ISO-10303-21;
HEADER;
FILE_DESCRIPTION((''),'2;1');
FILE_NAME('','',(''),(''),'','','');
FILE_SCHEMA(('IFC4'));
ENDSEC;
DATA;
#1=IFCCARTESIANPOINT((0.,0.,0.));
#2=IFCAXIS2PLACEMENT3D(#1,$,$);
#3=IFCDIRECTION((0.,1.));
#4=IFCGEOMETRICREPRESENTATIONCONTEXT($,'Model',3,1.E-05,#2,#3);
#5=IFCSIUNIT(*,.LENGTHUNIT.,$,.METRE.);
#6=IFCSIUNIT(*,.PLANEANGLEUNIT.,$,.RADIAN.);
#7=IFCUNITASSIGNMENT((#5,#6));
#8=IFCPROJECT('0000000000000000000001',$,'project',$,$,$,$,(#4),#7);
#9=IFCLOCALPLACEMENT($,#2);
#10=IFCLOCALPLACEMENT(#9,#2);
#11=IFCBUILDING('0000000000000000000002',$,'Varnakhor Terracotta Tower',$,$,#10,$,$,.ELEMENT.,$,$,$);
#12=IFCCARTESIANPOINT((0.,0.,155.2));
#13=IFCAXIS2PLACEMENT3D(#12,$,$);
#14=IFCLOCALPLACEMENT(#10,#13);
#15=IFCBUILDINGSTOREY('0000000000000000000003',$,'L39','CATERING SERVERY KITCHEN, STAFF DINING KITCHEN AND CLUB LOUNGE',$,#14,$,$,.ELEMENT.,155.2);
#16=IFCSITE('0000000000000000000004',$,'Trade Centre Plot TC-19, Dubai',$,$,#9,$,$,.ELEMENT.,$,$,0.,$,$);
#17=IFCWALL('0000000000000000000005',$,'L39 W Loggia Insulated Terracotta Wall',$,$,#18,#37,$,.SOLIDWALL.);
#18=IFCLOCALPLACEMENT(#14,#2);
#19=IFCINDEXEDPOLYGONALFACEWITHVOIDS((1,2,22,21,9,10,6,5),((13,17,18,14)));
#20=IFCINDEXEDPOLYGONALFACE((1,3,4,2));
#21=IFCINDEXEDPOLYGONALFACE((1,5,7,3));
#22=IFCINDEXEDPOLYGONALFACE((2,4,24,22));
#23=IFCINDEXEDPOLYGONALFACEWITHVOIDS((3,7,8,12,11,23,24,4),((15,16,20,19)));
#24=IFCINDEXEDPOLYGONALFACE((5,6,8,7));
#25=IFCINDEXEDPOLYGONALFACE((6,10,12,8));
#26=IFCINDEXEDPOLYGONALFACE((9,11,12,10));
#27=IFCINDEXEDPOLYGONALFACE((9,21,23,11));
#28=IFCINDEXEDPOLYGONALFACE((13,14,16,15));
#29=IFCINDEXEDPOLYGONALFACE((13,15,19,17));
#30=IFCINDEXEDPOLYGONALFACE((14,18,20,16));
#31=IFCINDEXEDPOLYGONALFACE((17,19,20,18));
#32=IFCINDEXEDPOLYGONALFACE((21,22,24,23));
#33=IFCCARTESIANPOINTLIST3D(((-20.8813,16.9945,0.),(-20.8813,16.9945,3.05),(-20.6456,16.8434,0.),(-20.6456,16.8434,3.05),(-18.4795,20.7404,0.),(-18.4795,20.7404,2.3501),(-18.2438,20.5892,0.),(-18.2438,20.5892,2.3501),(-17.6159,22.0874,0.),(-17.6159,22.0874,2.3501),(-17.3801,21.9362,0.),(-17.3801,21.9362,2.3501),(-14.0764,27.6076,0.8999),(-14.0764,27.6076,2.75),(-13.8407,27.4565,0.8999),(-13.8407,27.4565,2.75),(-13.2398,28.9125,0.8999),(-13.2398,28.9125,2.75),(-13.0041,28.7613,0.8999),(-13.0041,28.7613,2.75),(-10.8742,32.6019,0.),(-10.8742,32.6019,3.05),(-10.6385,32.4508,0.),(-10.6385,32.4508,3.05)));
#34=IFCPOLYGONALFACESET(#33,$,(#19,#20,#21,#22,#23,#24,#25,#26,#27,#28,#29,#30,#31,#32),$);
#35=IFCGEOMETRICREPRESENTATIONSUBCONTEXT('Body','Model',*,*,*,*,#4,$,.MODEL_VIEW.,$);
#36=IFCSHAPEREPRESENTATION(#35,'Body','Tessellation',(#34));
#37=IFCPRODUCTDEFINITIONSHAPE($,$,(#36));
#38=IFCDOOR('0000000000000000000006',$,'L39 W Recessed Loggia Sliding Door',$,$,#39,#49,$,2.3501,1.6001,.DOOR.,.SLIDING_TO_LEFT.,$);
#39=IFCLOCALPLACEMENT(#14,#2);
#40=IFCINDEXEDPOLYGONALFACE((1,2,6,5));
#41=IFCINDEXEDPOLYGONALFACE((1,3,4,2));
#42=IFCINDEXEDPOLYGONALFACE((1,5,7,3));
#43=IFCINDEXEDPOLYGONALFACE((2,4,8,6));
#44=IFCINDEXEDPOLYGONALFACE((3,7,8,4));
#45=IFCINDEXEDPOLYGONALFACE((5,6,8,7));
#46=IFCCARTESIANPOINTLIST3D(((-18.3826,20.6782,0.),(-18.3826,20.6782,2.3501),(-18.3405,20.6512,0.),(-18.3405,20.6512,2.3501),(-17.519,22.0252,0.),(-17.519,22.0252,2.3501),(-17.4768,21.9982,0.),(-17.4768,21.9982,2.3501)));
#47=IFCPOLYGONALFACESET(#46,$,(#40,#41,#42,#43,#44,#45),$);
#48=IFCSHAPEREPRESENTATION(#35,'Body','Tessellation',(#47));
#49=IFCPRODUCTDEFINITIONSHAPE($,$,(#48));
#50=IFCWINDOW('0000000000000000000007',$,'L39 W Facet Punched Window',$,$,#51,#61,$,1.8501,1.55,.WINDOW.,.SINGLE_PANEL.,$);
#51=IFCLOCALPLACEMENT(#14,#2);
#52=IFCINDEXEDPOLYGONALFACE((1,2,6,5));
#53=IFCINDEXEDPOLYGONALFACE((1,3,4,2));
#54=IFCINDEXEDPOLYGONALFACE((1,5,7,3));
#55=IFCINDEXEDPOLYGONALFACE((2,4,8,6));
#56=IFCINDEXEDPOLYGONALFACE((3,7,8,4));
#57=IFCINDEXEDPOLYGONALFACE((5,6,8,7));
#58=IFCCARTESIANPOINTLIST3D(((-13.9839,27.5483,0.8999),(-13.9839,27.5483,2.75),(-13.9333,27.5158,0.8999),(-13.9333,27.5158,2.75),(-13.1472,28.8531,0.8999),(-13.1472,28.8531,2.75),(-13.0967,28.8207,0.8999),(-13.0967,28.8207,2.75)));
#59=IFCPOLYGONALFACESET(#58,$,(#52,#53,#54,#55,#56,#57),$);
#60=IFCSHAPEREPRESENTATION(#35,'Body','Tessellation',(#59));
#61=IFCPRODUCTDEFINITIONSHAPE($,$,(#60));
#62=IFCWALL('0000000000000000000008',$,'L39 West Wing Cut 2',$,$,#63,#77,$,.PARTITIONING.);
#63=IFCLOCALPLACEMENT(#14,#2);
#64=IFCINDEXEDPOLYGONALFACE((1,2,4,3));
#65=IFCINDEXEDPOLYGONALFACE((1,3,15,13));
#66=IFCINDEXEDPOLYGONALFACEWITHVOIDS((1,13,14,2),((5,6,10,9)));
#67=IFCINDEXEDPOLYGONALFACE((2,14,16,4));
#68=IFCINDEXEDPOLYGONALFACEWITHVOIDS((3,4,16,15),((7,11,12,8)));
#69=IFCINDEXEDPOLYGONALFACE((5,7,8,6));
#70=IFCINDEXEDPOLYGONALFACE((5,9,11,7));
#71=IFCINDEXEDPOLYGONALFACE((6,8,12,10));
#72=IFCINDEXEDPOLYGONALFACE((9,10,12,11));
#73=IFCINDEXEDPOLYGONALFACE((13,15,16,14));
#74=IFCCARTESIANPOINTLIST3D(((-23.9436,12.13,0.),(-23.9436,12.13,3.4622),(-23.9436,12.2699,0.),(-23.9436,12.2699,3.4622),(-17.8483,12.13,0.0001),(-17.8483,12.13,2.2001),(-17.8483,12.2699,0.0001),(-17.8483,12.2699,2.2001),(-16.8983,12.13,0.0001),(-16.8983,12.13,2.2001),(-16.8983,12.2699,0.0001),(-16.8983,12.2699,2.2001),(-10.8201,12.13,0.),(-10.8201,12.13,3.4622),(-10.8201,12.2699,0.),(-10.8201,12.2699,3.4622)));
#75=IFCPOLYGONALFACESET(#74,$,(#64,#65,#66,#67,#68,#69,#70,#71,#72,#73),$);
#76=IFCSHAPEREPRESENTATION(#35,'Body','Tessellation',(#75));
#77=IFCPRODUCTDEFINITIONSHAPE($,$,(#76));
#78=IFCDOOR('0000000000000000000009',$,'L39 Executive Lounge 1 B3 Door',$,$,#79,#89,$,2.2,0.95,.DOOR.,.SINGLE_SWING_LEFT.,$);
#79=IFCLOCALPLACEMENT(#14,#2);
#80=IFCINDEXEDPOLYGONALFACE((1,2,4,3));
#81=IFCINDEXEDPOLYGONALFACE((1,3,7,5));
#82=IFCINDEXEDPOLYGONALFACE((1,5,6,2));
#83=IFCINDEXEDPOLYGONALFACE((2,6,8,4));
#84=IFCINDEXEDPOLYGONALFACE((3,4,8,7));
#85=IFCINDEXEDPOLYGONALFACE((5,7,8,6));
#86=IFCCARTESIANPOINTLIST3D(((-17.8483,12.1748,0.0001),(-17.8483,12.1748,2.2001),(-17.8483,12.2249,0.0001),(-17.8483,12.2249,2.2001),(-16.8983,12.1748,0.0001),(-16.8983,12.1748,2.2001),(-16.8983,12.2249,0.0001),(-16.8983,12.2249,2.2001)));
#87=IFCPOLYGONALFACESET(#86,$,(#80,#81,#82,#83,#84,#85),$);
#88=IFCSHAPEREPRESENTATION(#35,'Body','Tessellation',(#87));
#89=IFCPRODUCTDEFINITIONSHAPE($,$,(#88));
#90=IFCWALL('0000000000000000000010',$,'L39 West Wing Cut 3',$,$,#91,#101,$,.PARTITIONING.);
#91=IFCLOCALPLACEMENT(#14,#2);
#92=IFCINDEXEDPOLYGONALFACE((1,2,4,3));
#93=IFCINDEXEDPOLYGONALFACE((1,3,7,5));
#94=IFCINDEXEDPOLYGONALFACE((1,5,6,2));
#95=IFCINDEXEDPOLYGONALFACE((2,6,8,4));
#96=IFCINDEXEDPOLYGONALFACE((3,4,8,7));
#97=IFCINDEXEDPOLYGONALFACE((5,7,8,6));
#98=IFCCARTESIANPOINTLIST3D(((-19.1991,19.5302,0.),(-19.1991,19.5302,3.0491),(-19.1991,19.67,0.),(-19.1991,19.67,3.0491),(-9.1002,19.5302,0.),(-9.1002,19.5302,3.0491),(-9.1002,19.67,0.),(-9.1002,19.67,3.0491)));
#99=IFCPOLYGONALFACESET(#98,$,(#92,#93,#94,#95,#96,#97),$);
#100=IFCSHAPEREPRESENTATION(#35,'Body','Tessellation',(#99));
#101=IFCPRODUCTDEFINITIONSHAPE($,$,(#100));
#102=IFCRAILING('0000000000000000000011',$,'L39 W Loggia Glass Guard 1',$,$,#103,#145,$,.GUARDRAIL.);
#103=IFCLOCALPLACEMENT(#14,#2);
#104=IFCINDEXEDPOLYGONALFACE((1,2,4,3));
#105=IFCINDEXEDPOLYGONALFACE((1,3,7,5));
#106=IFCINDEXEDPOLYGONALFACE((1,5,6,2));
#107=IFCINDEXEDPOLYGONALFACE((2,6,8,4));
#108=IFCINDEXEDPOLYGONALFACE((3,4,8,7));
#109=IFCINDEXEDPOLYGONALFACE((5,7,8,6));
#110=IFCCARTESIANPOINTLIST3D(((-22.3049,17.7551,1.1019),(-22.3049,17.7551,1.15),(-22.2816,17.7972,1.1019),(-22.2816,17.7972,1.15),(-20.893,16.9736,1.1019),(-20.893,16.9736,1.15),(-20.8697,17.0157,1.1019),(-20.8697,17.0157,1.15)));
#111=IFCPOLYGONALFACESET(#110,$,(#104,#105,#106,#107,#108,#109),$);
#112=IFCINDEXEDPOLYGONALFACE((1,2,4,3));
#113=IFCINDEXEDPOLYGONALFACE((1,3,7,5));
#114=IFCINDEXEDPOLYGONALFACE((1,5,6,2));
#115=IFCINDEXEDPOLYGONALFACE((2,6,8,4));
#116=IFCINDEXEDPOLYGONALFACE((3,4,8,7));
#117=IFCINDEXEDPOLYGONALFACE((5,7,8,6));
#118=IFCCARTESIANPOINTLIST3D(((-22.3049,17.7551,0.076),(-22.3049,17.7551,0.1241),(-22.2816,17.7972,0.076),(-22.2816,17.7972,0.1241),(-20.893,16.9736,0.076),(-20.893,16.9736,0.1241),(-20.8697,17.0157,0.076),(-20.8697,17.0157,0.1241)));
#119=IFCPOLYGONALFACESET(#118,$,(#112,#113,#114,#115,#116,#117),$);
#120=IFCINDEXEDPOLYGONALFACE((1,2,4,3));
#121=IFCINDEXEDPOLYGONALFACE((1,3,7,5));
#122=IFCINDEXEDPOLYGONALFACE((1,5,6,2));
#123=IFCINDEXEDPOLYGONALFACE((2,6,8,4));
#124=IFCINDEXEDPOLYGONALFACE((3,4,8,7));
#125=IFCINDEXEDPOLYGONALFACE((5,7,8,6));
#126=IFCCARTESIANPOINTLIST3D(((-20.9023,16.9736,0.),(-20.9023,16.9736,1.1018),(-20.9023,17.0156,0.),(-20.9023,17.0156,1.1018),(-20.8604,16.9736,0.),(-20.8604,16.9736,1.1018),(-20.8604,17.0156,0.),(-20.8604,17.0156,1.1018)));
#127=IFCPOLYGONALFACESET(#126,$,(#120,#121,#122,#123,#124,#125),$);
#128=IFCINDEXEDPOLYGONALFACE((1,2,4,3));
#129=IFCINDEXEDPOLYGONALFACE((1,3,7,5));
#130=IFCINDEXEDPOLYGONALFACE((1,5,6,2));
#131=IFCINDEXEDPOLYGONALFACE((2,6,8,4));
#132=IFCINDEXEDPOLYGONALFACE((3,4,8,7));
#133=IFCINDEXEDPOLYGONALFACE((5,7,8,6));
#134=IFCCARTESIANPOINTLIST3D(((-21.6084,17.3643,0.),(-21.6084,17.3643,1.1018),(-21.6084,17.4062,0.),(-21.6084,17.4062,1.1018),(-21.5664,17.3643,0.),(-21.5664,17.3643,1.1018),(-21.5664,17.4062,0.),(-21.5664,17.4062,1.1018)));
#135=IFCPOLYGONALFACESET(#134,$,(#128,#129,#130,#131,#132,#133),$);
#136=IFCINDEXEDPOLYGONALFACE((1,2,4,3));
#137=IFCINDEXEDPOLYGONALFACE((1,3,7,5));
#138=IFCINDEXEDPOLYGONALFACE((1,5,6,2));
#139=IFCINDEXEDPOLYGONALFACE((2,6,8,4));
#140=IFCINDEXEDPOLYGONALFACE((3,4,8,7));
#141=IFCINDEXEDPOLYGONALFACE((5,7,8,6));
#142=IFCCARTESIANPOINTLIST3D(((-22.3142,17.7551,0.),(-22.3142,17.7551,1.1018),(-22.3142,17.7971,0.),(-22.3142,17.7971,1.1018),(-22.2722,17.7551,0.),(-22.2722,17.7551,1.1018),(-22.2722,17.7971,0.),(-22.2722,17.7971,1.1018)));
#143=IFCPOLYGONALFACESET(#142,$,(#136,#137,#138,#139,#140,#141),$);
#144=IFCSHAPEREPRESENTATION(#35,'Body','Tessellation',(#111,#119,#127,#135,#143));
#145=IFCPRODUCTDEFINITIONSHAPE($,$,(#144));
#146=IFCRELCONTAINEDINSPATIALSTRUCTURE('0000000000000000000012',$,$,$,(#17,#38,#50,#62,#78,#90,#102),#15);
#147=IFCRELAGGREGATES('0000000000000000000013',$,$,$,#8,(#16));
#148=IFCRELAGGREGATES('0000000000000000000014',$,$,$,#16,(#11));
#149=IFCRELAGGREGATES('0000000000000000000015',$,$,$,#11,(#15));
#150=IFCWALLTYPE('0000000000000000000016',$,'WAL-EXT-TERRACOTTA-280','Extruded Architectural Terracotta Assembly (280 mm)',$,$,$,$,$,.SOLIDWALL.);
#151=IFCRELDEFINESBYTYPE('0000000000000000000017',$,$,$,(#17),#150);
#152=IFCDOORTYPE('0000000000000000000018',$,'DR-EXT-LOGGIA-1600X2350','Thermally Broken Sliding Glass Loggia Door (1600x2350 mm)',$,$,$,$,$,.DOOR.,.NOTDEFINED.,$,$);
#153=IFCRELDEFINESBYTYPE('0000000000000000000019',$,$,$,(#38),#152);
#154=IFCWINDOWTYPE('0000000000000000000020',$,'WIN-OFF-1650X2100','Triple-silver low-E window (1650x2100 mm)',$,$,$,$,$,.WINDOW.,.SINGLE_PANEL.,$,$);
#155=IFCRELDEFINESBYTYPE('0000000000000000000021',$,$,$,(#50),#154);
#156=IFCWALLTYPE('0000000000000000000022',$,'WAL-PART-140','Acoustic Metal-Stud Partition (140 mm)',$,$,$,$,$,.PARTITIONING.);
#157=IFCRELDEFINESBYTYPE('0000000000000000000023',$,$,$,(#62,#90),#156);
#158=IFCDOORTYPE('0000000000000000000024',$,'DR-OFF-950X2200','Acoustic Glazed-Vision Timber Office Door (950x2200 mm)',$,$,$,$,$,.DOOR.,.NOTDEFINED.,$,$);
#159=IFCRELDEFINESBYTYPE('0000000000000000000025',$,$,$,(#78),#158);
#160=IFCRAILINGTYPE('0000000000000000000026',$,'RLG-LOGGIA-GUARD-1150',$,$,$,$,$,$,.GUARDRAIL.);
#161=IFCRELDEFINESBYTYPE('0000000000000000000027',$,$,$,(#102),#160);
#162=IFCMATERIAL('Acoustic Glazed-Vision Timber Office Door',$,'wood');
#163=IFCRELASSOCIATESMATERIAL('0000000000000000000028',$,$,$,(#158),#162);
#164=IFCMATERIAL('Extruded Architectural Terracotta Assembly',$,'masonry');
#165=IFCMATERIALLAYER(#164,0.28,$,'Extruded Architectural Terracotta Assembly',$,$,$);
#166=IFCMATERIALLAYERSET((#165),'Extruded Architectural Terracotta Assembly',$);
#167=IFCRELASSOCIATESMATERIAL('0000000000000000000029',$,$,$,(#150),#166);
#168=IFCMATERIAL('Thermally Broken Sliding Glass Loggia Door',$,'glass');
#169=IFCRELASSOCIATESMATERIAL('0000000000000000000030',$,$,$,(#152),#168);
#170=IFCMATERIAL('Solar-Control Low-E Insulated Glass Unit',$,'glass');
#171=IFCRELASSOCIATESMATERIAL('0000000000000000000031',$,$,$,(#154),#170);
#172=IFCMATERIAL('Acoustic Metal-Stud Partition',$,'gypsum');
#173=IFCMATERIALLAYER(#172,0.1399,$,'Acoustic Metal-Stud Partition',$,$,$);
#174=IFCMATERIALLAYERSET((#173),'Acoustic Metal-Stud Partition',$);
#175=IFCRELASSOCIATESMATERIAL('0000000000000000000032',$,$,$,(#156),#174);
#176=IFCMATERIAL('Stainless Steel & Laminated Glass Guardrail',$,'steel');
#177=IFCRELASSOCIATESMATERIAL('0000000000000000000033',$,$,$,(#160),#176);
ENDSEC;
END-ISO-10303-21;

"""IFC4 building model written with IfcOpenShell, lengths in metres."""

from ifc_helpers import new_model, si_unit, direction, frame, frame_2d, origin, origin_2d, place, context, subcontext, project, spatial, rectangle, extrude, source, transform, mapped, material, layer, layer_set, type_object, type_shapes, element, fill, save


model = new_model("IFC4")

# Units and contexts
model_context = context("Model", 3, precision=1e-05, world=origin(), true_north=direction((0.0, 1.0)))
body_context = subcontext(model_context, "Body", "Model", "MODEL_VIEW")
ifc_project = project(units=[si_unit("LENGTHUNIT", "METRE"), si_unit("PLANEANGLEUNIT", "RADIAN")], contexts=[model_context])

# Site, building, storey
site_placement = place(None, origin())
site = spatial("IfcSite", under=ifc_project, at=site_placement, Name="Trade Centre Plot TC-19, Dubai", CompositionType="ELEMENT", RefElevation=0.0)
building_placement = place(site_placement, origin())
building = spatial("IfcBuilding", under=site, at=building_placement, Name="Varnakhor Terracotta Tower", CompositionType="ELEMENT")
storey_placement = place(building_placement, frame((0.0, 0.0, 155.2)))
storey = spatial("IfcBuildingStorey", under=building, at=storey_placement, Name="L39", Description="CATERING SERVERY KITCHEN, STAFF DINING KITCHEN AND CLUB LOUNGE", CompositionType="ELEMENT", Elevation=155.2)

# Shared definitions
ifc_material_1 = material(Name="Acoustic Glazed-Vision Timber Office Door", Category="wood")
door_type_1 = type_object("IfcDoorType", Name="DR-OFF-950X2200", Description="Acoustic Glazed-Vision Timber Office Door (950x2200 mm)", OperationType="NOTDEFINED", PredefinedType="DOOR", material=ifc_material_1)
shared_shape_1 = source(origin(), body_context, "Body", "SweptSolid", [
    extrude(rectangle(XDim=0.95, YDim=2.2, at=frame_2d((0.4751, 1.1001))), frame((0.0, 0.0249, 0.0), z_axis=(0.0, -1.0, 0.0), x_axis=(1.0, 0.0, 0.0)), (0.0, 0.0, 1.0), 0.05),
])
type_shapes(door_type_1, [shared_shape_1])

# Wall, openings, door, window
ifc_material_2 = material(Name="Extruded Architectural Terracotta Assembly", Category="masonry")
ifc_layer_1 = layer(ifc_material_2, 0.28, Name="Extruded Architectural Terracotta Assembly")
ifc_layer_set_1 = layer_set([ifc_layer_1], Name="Extruded Architectural Terracotta Assembly")
wall_type_1 = type_object("IfcWallType", Name="WAL-EXT-TERRACOTTA-280", Description="Extruded Architectural Terracotta Assembly (280 mm)", PredefinedType="SOLIDWALL", material=ifc_layer_set_1)
wall_1_placement = place(storey_placement, frame((-20.7634, 16.9189, 0.0), z_axis=(0.0, 0.0, 1.0), x_axis=(0.539755, 0.841822, 0.0)))
wall_1 = element("IfcWall", 1, at=wall_1_placement, inside=storey, type_object=wall_type_1, Name="L39 W Loggia Insulated Terracotta Wall", PredefinedType="SOLIDWALL", context=body_context, shape_type="SweptSolid", body=[
    extrude(rectangle(XDim=18.54, YDim=0.28, at=frame_2d((9.27, 0.0))), origin(), (0.0, 0.0, 1.0), 3.05),
])
opening_1_placement = place(wall_1_placement, frame((4.4497, 0.0, 0.0)))
opening_1 = element("IfcOpeningElement", 2, at=opening_1_placement, cuts=wall_1, PredefinedType="OPENING", context=body_context, shape_type="SweptSolid", body=[
    extrude(rectangle(XDim=1.6001, YDim=2.3501, at=frame_2d((0.8, 1.175))), frame((0.0, 0.1499, 0.0), z_axis=(0.0, -1.0, 0.0), x_axis=(1.0, 0.0, 0.0)), (0.0, 0.0, 1.0), 0.3),
])
opening_2_placement = place(wall_1_placement, frame((12.6074, 0.0, 0.8999)))
opening_2 = element("IfcOpeningElement", 3, at=opening_2_placement, cuts=wall_1, PredefinedType="OPENING", context=body_context, shape_type="SweptSolid", body=[
    extrude(rectangle(XDim=1.55, YDim=1.8501, at=frame_2d((0.7749, 0.925))), frame((0.0, 0.1499, 0.0), z_axis=(0.0, -1.0, 0.0), x_axis=(1.0, 0.0, 0.0)), (0.0, 0.0, 1.0), 0.3),
])
ifc_material_3 = material(Name="Thermally Broken Sliding Glass Loggia Door", Category="glass")
door_type_2 = type_object("IfcDoorType", Name="DR-EXT-LOGGIA-1600X2350", Description="Thermally Broken Sliding Glass Loggia Door (1600x2350 mm)", OperationType="NOTDEFINED", PredefinedType="DOOR", material=ifc_material_3)
shared_shape_2 = source(origin(), body_context, "Body", "SweptSolid", [
    extrude(rectangle(XDim=1.6001, YDim=2.3501, at=frame_2d((0.8, 1.175))), frame((0.0, 0.0249, 0.0), z_axis=(0.0, -1.0, 0.0), x_axis=(1.0, 0.0, 0.0)), (0.0, 0.0, 1.0), 0.05),
])
type_shapes(door_type_2, [shared_shape_2])
door_1_placement = place(opening_1_placement, origin())
door_1 = element("IfcDoor", 4, at=door_1_placement, inside=storey, type_object=door_type_2, Name="L39 W Recessed Loggia Sliding Door", OperationType="SLIDING_TO_LEFT", OverallHeight=2.3501, OverallWidth=1.6001, PredefinedType="DOOR", context=body_context, shape_type="MappedRepresentation", body=[
    mapped(shared_shape_2, transform((0.0, 0.0, 0.0), scale=1.0)),
])
fill(opening_1, door_1)
ifc_material_4 = material(Name="Solar-Control Low-E Insulated Glass Unit", Category="glass")
window_type = type_object("IfcWindowType", Name="WIN-OFF-1650X2100", Description="Triple-silver low-E window (1650x2100 mm)", PartitioningType="SINGLE_PANEL", PredefinedType="WINDOW", material=ifc_material_4)
shared_shape_3 = source(origin(), body_context, "Body", "SweptSolid", [
    extrude(rectangle(XDim=1.55, YDim=1.8501, at=frame_2d((0.7749, 0.925))), frame((0.0, 0.03, 0.0), z_axis=(0.0, -1.0, 0.0), x_axis=(1.0, 0.0, 0.0)), (0.0, 0.0, 1.0), 0.0601),
])
type_shapes(window_type, [shared_shape_3])
window_placement = place(opening_2_placement, origin())
window = element("IfcWindow", 5, at=window_placement, inside=storey, type_object=window_type, Name="L39 W Facet Punched Window", OverallHeight=1.8501, OverallWidth=1.55, PartitioningType="SINGLE_PANEL", PredefinedType="WINDOW", context=body_context, shape_type="MappedRepresentation", body=[
    mapped(shared_shape_3, transform((0.0, 0.0, 0.0), scale=1.0)),
])
fill(opening_2, window)

# Wall, opening, door
ifc_material_5 = material(Name="Acoustic Metal-Stud Partition", Category="gypsum")
ifc_layer_2 = layer(ifc_material_5, 0.1399, Name="Acoustic Metal-Stud Partition")
ifc_layer_set_2 = layer_set([ifc_layer_2], Name="Acoustic Metal-Stud Partition")
wall_type_2 = type_object("IfcWallType", Name="WAL-PART-140", Description="Acoustic Metal-Stud Partition (140 mm)", PredefinedType="PARTITIONING", material=ifc_layer_set_2)
wall_2_placement = place(storey_placement, frame((-23.9436, 12.2, 0.0), z_axis=(0.0, 0.0, 1.0), x_axis=(1.0, 0.0, 0.0)))
wall_2 = element("IfcWall", 6, at=wall_2_placement, inside=storey, type_object=wall_type_2, Name="L39 West Wing Cut 2", PredefinedType="PARTITIONING", context=body_context, shape_type="SweptSolid", body=[
    extrude(rectangle(XDim=13.1235, YDim=0.1399, at=frame_2d((6.5618, 0.0))), origin(), (0.0, 0.0, 1.0), 3.4622),
])
opening_3_placement = place(wall_2_placement, frame((6.0952, 0.0, 0.0)))
opening_3 = element("IfcOpeningElement", 7, at=opening_3_placement, cuts=wall_2, PredefinedType="OPENING", context=body_context, shape_type="SweptSolid", body=[
    extrude(rectangle(XDim=0.95, YDim=2.2, at=frame_2d((0.4751, 1.1001))), frame((0.0, 0.0801, 0.0), z_axis=(0.0, -1.0, 0.0), x_axis=(1.0, 0.0, 0.0)), (0.0, 0.0, 1.0), 0.1599),
])
door_2_placement = place(opening_3_placement, origin())
door_2 = element("IfcDoor", 8, at=door_2_placement, inside=storey, type_object=door_type_1, Name="L39 Executive Lounge 1 B3 Door", OperationType="SINGLE_SWING_LEFT", OverallHeight=2.2, OverallWidth=0.95, PredefinedType="DOOR", context=body_context, shape_type="MappedRepresentation", body=[
    mapped(shared_shape_1, transform((0.0, 0.0, 0.0), scale=1.0)),
])
fill(opening_3, door_2)

# Wall
wall_3_placement = place(storey_placement, frame((-19.199, 19.6001, 0.0), z_axis=(0.0, 0.0, 1.0), x_axis=(1.0, 0.0, 0.0)))
element("IfcWall", 9, at=wall_3_placement, inside=storey, type_object=wall_type_2, Name="L39 West Wing Cut 3", PredefinedType="PARTITIONING", context=body_context, shape_type="SweptSolid", body=[
    extrude(rectangle(XDim=10.0989, YDim=0.1399, at=frame_2d((5.0493, 0.0))), origin(), (0.0, 0.0, 1.0), 3.0491),
])

# Railing
ifc_material_6 = material(Name="Stainless Steel & Laminated Glass Guardrail", Category="steel")
railing_type = type_object("IfcRailingType", Name="RLG-LOGGIA-GUARD-1150", PredefinedType="GUARDRAIL", material=ifc_material_6)
railing_1_placement = place(storey_placement, frame((-20.8813, 16.9946, 0.0)))
element("IfcRailing", 10, at=railing_1_placement, inside=storey, type_object=railing_type, Name="L39 W Loggia Glass Guard 1", PredefinedType="GUARDRAIL", context=body_context, shape_type="SweptSolid", body=[
    extrude(rectangle(XDim=0.0481, YDim=0.0481, at=origin_2d()), frame((0.0, 0.0, 1.126), z_axis=(-0.874913, 0.484281, 0.0), x_axis=(-0.484281, -0.874913, 0.0)), (0.0, 0.0, 1.0), 1.6138),
    extrude(rectangle(XDim=0.0481, YDim=0.0481, at=origin_2d()), frame((0.0, 0.0, 0.1001), z_axis=(-0.874913, 0.484281, 0.0), x_axis=(-0.484281, -0.874913, 0.0)), (0.0, 0.0, 1.0), 1.6138),
    extrude(rectangle(XDim=0.042, YDim=0.042, at=origin_2d()), origin(), (0.0, 0.0, 1.0), 1.1018),
    extrude(rectangle(XDim=0.042, YDim=0.042, at=origin_2d()), frame((-0.7061, 0.3906, 0.0)), (0.0, 0.0, 1.0), 1.1018),
    extrude(rectangle(XDim=0.042, YDim=0.042, at=origin_2d()), frame((-1.4119, 0.7815, 0.0)), (0.0, 0.0, 1.0), 1.1018),
])

save(model, "model.ifc")
